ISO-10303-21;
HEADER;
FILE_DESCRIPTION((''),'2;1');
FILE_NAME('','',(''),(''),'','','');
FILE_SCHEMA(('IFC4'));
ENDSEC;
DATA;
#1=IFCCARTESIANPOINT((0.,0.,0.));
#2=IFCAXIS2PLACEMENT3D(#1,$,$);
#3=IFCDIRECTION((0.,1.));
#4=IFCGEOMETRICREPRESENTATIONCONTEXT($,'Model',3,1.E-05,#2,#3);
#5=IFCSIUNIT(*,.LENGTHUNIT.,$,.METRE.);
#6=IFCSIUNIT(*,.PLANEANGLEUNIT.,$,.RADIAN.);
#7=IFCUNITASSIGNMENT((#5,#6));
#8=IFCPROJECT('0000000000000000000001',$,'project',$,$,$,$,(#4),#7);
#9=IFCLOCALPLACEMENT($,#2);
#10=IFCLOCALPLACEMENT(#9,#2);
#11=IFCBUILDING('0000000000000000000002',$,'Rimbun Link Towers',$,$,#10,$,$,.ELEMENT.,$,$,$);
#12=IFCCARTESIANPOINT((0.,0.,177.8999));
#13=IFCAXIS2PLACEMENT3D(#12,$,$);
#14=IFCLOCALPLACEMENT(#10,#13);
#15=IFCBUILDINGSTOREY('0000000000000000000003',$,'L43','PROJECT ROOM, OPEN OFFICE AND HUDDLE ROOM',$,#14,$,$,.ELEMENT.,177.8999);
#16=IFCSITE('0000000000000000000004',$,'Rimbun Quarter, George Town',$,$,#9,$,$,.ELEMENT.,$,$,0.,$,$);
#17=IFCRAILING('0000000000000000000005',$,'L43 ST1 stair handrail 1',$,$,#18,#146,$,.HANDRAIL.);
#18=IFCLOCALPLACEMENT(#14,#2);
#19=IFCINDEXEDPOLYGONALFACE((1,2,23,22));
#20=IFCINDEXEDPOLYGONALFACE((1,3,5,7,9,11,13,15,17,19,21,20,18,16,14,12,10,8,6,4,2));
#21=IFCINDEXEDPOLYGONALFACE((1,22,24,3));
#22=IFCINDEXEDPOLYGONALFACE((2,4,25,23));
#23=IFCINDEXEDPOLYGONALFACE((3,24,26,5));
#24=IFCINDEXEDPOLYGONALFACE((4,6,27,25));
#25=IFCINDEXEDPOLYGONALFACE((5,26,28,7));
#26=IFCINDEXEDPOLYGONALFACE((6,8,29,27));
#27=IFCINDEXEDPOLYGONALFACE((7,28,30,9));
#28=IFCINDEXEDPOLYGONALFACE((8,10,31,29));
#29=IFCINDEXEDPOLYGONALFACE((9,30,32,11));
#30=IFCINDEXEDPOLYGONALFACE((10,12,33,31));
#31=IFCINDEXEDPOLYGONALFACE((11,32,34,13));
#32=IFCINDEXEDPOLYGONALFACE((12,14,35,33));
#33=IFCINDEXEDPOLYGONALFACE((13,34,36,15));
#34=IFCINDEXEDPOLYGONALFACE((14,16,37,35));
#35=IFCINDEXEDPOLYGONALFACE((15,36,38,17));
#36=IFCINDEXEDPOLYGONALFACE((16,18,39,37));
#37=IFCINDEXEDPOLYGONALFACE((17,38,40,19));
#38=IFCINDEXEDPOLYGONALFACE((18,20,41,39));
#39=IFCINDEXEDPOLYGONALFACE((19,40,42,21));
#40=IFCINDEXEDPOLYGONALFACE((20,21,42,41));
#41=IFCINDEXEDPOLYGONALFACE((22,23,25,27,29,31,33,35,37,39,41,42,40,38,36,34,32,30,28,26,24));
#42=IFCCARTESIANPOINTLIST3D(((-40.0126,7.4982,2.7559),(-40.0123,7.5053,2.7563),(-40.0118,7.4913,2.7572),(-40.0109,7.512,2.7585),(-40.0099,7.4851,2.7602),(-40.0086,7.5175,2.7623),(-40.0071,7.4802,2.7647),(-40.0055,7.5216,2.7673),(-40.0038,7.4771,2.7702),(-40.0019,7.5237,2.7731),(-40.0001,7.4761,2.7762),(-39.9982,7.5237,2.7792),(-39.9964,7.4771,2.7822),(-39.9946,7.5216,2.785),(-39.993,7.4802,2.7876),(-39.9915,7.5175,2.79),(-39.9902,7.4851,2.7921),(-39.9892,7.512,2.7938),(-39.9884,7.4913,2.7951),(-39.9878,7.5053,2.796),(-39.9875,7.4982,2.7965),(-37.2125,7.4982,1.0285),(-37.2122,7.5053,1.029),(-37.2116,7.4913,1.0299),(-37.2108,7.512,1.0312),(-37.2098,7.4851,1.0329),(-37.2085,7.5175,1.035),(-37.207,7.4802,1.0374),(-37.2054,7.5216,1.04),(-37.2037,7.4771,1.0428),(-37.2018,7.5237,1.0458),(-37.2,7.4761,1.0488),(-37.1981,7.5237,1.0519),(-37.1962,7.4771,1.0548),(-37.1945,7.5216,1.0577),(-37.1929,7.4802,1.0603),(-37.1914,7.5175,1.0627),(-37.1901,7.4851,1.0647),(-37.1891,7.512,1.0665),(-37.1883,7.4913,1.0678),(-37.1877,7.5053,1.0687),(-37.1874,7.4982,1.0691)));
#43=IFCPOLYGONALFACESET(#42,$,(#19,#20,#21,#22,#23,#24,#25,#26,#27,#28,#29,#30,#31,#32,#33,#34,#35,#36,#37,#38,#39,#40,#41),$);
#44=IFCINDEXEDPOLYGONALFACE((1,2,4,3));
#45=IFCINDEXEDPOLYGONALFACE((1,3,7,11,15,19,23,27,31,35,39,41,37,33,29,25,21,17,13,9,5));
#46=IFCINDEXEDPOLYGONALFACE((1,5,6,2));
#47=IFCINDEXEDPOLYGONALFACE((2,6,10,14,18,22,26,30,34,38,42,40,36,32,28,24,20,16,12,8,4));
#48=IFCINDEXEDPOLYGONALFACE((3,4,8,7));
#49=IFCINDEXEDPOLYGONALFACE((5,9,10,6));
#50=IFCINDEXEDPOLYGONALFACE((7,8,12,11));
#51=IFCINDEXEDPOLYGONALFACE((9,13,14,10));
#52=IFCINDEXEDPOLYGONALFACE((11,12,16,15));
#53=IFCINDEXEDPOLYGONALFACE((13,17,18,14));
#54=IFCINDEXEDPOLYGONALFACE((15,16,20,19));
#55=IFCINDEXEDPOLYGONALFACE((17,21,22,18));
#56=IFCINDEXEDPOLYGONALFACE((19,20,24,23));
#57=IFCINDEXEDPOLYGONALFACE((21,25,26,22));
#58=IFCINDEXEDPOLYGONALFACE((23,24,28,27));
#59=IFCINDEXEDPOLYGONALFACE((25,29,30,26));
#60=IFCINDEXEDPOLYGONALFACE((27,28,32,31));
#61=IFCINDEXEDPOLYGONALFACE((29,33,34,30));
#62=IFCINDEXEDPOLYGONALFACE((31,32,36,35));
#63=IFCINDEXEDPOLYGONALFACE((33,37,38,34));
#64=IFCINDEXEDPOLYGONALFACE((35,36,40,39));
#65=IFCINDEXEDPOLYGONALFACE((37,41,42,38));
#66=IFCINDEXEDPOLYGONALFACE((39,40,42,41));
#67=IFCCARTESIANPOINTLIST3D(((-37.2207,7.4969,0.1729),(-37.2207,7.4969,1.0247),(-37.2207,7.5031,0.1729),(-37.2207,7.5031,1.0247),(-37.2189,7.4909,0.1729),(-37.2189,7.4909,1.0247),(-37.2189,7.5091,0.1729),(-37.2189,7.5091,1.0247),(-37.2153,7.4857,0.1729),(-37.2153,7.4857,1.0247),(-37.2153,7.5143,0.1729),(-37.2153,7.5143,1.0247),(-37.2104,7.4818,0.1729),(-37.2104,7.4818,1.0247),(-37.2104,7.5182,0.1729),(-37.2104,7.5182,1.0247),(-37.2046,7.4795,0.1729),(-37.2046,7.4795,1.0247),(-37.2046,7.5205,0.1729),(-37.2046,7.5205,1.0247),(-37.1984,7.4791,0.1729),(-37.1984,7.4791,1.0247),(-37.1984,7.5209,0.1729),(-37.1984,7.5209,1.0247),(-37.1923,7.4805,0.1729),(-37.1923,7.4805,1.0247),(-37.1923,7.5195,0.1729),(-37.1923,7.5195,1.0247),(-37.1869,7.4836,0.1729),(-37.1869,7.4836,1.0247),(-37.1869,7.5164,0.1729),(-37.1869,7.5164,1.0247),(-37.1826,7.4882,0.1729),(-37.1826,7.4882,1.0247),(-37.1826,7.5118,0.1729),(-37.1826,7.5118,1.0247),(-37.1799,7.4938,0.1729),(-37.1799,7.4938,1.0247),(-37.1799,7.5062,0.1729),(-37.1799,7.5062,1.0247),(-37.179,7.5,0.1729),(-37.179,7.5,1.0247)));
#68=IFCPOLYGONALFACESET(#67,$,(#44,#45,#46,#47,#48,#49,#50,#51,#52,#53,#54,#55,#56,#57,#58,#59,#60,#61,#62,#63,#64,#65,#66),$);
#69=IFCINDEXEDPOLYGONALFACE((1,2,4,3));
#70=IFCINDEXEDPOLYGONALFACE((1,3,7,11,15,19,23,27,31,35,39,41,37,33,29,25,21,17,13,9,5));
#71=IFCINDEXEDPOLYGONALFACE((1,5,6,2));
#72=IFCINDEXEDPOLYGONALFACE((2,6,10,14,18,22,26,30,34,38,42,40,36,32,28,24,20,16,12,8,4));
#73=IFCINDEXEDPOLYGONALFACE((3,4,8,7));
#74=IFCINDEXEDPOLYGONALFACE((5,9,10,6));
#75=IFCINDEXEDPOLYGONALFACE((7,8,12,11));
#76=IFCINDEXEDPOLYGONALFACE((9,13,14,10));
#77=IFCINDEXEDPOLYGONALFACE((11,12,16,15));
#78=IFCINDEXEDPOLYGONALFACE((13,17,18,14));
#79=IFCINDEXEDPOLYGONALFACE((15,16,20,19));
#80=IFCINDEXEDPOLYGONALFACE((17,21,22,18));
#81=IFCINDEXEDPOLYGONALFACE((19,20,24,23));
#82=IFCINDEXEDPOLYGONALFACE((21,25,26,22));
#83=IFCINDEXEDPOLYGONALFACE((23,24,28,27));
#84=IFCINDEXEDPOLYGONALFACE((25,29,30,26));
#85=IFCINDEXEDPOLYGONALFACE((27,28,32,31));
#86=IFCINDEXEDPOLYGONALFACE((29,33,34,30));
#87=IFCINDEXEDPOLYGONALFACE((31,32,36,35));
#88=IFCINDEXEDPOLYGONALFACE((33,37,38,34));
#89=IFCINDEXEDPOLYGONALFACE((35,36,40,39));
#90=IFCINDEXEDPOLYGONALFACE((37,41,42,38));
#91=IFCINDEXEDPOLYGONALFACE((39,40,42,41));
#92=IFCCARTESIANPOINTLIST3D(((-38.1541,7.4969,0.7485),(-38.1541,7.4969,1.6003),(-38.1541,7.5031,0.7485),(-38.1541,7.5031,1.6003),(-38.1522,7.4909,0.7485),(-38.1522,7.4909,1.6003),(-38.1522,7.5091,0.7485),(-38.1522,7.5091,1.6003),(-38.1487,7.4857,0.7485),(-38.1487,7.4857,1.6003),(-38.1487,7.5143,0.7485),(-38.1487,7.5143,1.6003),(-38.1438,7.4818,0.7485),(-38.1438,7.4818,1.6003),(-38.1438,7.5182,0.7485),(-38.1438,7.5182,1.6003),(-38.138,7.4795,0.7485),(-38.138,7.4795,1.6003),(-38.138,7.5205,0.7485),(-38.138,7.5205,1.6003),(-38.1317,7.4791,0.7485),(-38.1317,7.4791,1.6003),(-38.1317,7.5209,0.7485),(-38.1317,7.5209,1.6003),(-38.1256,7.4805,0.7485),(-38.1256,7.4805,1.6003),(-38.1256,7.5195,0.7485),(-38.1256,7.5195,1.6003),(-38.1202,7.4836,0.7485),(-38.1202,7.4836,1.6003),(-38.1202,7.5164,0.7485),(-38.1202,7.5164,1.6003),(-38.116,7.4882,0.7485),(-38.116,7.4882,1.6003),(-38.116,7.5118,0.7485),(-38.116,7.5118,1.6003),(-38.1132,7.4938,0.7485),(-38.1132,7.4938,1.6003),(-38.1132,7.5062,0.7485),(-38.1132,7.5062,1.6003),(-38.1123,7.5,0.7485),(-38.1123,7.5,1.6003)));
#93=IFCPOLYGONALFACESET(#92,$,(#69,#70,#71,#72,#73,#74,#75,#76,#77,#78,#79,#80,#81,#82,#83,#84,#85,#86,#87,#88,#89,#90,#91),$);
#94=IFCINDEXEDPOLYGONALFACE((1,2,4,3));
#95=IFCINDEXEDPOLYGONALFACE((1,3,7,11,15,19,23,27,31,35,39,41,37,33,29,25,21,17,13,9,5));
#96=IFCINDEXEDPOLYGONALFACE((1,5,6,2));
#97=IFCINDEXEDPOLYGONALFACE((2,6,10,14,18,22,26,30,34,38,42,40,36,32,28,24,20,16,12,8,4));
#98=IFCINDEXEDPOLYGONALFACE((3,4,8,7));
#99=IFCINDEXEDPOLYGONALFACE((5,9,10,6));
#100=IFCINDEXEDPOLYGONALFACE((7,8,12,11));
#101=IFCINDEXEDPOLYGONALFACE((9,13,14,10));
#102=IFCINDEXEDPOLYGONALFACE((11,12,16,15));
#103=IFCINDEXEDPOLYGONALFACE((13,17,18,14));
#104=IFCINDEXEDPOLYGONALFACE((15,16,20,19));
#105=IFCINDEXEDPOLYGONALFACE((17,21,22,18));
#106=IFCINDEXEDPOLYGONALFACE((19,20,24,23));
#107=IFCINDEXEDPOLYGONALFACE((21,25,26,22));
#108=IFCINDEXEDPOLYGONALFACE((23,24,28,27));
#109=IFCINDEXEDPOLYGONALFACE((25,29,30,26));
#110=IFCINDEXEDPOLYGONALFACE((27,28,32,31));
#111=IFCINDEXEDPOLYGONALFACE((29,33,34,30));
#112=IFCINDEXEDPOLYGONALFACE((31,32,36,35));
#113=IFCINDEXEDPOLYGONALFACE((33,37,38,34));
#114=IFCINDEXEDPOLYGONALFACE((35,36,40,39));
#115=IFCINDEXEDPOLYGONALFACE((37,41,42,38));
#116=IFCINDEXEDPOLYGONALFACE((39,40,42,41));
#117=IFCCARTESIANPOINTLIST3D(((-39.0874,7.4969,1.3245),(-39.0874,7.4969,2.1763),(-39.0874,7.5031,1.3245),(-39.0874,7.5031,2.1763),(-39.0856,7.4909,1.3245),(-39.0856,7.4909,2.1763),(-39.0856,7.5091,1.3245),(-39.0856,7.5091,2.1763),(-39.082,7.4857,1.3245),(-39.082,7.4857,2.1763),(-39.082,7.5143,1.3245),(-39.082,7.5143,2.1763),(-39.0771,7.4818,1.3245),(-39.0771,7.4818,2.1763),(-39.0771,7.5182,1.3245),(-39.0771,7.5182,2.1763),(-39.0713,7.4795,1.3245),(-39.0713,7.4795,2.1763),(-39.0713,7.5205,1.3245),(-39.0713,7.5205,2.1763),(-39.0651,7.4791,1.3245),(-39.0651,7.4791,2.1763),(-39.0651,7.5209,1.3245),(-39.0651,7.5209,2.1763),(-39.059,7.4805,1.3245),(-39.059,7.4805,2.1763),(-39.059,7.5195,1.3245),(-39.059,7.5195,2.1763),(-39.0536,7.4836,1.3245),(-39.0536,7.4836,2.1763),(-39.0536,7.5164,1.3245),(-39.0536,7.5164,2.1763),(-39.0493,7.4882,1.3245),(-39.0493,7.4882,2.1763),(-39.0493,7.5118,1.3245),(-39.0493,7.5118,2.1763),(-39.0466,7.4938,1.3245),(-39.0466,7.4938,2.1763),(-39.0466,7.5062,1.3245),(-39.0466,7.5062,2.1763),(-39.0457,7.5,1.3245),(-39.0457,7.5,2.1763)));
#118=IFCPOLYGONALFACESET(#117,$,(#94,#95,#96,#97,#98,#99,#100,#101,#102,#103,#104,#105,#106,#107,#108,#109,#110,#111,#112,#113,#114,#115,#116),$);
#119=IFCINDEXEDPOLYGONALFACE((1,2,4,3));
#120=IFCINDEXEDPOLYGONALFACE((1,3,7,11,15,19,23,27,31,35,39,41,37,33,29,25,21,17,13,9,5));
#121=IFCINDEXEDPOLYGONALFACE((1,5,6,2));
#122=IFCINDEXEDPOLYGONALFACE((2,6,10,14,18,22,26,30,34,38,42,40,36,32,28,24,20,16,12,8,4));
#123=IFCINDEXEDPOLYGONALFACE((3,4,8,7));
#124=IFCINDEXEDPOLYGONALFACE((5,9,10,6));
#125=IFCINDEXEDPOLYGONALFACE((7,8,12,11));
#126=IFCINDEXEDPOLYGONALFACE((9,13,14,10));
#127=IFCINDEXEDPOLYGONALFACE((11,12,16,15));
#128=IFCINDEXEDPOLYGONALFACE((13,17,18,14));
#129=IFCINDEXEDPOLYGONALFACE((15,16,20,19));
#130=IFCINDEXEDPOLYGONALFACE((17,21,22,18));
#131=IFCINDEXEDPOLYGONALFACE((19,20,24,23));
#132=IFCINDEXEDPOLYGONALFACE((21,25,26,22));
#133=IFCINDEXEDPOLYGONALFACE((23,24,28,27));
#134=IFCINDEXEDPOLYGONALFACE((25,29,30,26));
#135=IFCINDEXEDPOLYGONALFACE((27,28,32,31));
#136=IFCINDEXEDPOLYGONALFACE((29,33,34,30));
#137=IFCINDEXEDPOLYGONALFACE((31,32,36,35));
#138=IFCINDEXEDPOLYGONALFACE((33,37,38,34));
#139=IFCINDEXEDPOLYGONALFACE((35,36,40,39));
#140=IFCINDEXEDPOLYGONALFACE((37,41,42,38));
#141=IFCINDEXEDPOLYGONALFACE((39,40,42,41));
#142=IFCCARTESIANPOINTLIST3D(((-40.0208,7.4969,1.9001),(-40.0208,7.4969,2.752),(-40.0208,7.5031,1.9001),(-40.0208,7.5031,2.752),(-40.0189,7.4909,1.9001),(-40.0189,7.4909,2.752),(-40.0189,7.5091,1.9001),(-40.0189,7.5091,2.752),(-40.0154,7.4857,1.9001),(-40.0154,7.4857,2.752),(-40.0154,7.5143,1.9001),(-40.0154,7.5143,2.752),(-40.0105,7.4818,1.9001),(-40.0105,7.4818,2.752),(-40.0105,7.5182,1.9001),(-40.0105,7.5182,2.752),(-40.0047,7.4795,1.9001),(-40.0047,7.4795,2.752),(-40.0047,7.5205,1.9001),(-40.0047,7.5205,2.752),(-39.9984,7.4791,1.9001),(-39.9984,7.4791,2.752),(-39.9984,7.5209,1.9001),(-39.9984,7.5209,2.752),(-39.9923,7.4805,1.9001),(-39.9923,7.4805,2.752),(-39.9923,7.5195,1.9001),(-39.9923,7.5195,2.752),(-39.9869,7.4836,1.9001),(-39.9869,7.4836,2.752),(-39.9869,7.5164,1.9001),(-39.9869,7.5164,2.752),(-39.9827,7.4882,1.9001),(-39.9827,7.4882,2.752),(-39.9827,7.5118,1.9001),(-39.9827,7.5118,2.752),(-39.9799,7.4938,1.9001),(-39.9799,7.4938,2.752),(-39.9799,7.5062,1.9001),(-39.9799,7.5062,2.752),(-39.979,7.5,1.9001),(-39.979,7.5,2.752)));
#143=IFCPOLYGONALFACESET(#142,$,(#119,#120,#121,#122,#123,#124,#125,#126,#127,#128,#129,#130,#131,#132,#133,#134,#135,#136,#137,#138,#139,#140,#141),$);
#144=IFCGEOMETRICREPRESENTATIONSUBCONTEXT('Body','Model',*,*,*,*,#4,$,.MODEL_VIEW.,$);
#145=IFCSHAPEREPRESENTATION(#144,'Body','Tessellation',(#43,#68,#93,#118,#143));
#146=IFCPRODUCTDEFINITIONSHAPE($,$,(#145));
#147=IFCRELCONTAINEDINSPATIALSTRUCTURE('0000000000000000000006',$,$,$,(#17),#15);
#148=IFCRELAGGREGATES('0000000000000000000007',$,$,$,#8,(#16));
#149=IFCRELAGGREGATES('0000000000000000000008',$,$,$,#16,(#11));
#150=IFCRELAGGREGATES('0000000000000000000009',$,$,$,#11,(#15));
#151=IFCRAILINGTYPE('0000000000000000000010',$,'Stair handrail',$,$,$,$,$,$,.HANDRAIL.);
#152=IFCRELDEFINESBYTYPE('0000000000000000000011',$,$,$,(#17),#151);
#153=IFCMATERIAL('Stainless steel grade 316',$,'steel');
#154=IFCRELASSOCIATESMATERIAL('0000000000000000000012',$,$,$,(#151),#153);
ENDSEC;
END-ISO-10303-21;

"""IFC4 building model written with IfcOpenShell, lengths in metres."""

from ifc_helpers import new_model, si_unit, direction, frame, origin, origin_2d, place, context, subcontext, project, spatial, circle, extrude, material, type_object, element, save


model = new_model("IFC4")

# Units and contexts
model_context = context("Model", 3, precision=1e-05, world=origin(), true_north=direction((0.0, 1.0)))
body_context = subcontext(model_context, "Body", "Model", "MODEL_VIEW")
ifc_project = project(units=[si_unit("LENGTHUNIT", "METRE"), si_unit("PLANEANGLEUNIT", "RADIAN")], contexts=[model_context])

# Site, building, storey
site_placement = place(None, origin())
site = spatial("IfcSite", under=ifc_project, at=site_placement, Name="Rimbun Quarter, George Town", CompositionType="ELEMENT", RefElevation=0.0)
building_placement = place(site_placement, origin())
building = spatial("IfcBuilding", under=site, at=building_placement, Name="Rimbun Link Towers", CompositionType="ELEMENT")
storey_placement = place(building_placement, frame((0.0, 0.0, 177.8999)))
storey = spatial("IfcBuildingStorey", under=building, at=storey_placement, Name="L43", Description="PROJECT ROOM, OPEN OFFICE AND HUDDLE ROOM", CompositionType="ELEMENT", Elevation=177.8999)

# Railing
ifc_material_1 = material(Name="Stainless steel grade 316", Category="steel")
railing_type_1 = type_object("IfcRailingType", Name="Stair handrail", PredefinedType="HANDRAIL", material=ifc_material_1)
railing_1_placement = place(storey_placement, frame((-37.2, 7.5, 0.1729)))
element("IfcRailing", 1, at=railing_1_placement, inside=storey, type_object=railing_type_1, Name="L43 ST1 stair handrail 1", PredefinedType="HANDRAIL", context=body_context, shape_type="SweptSolid", body=[
    extrude(circle(Radius=0.0239, at=origin_2d()), frame((0.0, 0.0, 0.876), z_axis=(-0.85109, 0.0, 0.52502), x_axis=(0.0, -1.0, 0.0)), (0.0, 0.0, 1.0), 3.29),
    extrude(circle(Radius=0.021, at=origin_2d()), origin(), (0.0, 0.0, 1.0), 0.8518),
    extrude(circle(Radius=0.021, at=origin_2d()), frame((-0.9333, 0.0, 0.5757)), (0.0, 0.0, 1.0), 0.8518),
    extrude(circle(Radius=0.021, at=origin_2d()), frame((-1.8667, 0.0, 1.1516)), (0.0, 0.0, 1.0), 0.8518),
    extrude(circle(Radius=0.021, at=origin_2d()), frame((-2.8, 0.0, 1.7273)), (0.0, 0.0, 1.0), 0.8518),
])

save(model, "model.ifc")
